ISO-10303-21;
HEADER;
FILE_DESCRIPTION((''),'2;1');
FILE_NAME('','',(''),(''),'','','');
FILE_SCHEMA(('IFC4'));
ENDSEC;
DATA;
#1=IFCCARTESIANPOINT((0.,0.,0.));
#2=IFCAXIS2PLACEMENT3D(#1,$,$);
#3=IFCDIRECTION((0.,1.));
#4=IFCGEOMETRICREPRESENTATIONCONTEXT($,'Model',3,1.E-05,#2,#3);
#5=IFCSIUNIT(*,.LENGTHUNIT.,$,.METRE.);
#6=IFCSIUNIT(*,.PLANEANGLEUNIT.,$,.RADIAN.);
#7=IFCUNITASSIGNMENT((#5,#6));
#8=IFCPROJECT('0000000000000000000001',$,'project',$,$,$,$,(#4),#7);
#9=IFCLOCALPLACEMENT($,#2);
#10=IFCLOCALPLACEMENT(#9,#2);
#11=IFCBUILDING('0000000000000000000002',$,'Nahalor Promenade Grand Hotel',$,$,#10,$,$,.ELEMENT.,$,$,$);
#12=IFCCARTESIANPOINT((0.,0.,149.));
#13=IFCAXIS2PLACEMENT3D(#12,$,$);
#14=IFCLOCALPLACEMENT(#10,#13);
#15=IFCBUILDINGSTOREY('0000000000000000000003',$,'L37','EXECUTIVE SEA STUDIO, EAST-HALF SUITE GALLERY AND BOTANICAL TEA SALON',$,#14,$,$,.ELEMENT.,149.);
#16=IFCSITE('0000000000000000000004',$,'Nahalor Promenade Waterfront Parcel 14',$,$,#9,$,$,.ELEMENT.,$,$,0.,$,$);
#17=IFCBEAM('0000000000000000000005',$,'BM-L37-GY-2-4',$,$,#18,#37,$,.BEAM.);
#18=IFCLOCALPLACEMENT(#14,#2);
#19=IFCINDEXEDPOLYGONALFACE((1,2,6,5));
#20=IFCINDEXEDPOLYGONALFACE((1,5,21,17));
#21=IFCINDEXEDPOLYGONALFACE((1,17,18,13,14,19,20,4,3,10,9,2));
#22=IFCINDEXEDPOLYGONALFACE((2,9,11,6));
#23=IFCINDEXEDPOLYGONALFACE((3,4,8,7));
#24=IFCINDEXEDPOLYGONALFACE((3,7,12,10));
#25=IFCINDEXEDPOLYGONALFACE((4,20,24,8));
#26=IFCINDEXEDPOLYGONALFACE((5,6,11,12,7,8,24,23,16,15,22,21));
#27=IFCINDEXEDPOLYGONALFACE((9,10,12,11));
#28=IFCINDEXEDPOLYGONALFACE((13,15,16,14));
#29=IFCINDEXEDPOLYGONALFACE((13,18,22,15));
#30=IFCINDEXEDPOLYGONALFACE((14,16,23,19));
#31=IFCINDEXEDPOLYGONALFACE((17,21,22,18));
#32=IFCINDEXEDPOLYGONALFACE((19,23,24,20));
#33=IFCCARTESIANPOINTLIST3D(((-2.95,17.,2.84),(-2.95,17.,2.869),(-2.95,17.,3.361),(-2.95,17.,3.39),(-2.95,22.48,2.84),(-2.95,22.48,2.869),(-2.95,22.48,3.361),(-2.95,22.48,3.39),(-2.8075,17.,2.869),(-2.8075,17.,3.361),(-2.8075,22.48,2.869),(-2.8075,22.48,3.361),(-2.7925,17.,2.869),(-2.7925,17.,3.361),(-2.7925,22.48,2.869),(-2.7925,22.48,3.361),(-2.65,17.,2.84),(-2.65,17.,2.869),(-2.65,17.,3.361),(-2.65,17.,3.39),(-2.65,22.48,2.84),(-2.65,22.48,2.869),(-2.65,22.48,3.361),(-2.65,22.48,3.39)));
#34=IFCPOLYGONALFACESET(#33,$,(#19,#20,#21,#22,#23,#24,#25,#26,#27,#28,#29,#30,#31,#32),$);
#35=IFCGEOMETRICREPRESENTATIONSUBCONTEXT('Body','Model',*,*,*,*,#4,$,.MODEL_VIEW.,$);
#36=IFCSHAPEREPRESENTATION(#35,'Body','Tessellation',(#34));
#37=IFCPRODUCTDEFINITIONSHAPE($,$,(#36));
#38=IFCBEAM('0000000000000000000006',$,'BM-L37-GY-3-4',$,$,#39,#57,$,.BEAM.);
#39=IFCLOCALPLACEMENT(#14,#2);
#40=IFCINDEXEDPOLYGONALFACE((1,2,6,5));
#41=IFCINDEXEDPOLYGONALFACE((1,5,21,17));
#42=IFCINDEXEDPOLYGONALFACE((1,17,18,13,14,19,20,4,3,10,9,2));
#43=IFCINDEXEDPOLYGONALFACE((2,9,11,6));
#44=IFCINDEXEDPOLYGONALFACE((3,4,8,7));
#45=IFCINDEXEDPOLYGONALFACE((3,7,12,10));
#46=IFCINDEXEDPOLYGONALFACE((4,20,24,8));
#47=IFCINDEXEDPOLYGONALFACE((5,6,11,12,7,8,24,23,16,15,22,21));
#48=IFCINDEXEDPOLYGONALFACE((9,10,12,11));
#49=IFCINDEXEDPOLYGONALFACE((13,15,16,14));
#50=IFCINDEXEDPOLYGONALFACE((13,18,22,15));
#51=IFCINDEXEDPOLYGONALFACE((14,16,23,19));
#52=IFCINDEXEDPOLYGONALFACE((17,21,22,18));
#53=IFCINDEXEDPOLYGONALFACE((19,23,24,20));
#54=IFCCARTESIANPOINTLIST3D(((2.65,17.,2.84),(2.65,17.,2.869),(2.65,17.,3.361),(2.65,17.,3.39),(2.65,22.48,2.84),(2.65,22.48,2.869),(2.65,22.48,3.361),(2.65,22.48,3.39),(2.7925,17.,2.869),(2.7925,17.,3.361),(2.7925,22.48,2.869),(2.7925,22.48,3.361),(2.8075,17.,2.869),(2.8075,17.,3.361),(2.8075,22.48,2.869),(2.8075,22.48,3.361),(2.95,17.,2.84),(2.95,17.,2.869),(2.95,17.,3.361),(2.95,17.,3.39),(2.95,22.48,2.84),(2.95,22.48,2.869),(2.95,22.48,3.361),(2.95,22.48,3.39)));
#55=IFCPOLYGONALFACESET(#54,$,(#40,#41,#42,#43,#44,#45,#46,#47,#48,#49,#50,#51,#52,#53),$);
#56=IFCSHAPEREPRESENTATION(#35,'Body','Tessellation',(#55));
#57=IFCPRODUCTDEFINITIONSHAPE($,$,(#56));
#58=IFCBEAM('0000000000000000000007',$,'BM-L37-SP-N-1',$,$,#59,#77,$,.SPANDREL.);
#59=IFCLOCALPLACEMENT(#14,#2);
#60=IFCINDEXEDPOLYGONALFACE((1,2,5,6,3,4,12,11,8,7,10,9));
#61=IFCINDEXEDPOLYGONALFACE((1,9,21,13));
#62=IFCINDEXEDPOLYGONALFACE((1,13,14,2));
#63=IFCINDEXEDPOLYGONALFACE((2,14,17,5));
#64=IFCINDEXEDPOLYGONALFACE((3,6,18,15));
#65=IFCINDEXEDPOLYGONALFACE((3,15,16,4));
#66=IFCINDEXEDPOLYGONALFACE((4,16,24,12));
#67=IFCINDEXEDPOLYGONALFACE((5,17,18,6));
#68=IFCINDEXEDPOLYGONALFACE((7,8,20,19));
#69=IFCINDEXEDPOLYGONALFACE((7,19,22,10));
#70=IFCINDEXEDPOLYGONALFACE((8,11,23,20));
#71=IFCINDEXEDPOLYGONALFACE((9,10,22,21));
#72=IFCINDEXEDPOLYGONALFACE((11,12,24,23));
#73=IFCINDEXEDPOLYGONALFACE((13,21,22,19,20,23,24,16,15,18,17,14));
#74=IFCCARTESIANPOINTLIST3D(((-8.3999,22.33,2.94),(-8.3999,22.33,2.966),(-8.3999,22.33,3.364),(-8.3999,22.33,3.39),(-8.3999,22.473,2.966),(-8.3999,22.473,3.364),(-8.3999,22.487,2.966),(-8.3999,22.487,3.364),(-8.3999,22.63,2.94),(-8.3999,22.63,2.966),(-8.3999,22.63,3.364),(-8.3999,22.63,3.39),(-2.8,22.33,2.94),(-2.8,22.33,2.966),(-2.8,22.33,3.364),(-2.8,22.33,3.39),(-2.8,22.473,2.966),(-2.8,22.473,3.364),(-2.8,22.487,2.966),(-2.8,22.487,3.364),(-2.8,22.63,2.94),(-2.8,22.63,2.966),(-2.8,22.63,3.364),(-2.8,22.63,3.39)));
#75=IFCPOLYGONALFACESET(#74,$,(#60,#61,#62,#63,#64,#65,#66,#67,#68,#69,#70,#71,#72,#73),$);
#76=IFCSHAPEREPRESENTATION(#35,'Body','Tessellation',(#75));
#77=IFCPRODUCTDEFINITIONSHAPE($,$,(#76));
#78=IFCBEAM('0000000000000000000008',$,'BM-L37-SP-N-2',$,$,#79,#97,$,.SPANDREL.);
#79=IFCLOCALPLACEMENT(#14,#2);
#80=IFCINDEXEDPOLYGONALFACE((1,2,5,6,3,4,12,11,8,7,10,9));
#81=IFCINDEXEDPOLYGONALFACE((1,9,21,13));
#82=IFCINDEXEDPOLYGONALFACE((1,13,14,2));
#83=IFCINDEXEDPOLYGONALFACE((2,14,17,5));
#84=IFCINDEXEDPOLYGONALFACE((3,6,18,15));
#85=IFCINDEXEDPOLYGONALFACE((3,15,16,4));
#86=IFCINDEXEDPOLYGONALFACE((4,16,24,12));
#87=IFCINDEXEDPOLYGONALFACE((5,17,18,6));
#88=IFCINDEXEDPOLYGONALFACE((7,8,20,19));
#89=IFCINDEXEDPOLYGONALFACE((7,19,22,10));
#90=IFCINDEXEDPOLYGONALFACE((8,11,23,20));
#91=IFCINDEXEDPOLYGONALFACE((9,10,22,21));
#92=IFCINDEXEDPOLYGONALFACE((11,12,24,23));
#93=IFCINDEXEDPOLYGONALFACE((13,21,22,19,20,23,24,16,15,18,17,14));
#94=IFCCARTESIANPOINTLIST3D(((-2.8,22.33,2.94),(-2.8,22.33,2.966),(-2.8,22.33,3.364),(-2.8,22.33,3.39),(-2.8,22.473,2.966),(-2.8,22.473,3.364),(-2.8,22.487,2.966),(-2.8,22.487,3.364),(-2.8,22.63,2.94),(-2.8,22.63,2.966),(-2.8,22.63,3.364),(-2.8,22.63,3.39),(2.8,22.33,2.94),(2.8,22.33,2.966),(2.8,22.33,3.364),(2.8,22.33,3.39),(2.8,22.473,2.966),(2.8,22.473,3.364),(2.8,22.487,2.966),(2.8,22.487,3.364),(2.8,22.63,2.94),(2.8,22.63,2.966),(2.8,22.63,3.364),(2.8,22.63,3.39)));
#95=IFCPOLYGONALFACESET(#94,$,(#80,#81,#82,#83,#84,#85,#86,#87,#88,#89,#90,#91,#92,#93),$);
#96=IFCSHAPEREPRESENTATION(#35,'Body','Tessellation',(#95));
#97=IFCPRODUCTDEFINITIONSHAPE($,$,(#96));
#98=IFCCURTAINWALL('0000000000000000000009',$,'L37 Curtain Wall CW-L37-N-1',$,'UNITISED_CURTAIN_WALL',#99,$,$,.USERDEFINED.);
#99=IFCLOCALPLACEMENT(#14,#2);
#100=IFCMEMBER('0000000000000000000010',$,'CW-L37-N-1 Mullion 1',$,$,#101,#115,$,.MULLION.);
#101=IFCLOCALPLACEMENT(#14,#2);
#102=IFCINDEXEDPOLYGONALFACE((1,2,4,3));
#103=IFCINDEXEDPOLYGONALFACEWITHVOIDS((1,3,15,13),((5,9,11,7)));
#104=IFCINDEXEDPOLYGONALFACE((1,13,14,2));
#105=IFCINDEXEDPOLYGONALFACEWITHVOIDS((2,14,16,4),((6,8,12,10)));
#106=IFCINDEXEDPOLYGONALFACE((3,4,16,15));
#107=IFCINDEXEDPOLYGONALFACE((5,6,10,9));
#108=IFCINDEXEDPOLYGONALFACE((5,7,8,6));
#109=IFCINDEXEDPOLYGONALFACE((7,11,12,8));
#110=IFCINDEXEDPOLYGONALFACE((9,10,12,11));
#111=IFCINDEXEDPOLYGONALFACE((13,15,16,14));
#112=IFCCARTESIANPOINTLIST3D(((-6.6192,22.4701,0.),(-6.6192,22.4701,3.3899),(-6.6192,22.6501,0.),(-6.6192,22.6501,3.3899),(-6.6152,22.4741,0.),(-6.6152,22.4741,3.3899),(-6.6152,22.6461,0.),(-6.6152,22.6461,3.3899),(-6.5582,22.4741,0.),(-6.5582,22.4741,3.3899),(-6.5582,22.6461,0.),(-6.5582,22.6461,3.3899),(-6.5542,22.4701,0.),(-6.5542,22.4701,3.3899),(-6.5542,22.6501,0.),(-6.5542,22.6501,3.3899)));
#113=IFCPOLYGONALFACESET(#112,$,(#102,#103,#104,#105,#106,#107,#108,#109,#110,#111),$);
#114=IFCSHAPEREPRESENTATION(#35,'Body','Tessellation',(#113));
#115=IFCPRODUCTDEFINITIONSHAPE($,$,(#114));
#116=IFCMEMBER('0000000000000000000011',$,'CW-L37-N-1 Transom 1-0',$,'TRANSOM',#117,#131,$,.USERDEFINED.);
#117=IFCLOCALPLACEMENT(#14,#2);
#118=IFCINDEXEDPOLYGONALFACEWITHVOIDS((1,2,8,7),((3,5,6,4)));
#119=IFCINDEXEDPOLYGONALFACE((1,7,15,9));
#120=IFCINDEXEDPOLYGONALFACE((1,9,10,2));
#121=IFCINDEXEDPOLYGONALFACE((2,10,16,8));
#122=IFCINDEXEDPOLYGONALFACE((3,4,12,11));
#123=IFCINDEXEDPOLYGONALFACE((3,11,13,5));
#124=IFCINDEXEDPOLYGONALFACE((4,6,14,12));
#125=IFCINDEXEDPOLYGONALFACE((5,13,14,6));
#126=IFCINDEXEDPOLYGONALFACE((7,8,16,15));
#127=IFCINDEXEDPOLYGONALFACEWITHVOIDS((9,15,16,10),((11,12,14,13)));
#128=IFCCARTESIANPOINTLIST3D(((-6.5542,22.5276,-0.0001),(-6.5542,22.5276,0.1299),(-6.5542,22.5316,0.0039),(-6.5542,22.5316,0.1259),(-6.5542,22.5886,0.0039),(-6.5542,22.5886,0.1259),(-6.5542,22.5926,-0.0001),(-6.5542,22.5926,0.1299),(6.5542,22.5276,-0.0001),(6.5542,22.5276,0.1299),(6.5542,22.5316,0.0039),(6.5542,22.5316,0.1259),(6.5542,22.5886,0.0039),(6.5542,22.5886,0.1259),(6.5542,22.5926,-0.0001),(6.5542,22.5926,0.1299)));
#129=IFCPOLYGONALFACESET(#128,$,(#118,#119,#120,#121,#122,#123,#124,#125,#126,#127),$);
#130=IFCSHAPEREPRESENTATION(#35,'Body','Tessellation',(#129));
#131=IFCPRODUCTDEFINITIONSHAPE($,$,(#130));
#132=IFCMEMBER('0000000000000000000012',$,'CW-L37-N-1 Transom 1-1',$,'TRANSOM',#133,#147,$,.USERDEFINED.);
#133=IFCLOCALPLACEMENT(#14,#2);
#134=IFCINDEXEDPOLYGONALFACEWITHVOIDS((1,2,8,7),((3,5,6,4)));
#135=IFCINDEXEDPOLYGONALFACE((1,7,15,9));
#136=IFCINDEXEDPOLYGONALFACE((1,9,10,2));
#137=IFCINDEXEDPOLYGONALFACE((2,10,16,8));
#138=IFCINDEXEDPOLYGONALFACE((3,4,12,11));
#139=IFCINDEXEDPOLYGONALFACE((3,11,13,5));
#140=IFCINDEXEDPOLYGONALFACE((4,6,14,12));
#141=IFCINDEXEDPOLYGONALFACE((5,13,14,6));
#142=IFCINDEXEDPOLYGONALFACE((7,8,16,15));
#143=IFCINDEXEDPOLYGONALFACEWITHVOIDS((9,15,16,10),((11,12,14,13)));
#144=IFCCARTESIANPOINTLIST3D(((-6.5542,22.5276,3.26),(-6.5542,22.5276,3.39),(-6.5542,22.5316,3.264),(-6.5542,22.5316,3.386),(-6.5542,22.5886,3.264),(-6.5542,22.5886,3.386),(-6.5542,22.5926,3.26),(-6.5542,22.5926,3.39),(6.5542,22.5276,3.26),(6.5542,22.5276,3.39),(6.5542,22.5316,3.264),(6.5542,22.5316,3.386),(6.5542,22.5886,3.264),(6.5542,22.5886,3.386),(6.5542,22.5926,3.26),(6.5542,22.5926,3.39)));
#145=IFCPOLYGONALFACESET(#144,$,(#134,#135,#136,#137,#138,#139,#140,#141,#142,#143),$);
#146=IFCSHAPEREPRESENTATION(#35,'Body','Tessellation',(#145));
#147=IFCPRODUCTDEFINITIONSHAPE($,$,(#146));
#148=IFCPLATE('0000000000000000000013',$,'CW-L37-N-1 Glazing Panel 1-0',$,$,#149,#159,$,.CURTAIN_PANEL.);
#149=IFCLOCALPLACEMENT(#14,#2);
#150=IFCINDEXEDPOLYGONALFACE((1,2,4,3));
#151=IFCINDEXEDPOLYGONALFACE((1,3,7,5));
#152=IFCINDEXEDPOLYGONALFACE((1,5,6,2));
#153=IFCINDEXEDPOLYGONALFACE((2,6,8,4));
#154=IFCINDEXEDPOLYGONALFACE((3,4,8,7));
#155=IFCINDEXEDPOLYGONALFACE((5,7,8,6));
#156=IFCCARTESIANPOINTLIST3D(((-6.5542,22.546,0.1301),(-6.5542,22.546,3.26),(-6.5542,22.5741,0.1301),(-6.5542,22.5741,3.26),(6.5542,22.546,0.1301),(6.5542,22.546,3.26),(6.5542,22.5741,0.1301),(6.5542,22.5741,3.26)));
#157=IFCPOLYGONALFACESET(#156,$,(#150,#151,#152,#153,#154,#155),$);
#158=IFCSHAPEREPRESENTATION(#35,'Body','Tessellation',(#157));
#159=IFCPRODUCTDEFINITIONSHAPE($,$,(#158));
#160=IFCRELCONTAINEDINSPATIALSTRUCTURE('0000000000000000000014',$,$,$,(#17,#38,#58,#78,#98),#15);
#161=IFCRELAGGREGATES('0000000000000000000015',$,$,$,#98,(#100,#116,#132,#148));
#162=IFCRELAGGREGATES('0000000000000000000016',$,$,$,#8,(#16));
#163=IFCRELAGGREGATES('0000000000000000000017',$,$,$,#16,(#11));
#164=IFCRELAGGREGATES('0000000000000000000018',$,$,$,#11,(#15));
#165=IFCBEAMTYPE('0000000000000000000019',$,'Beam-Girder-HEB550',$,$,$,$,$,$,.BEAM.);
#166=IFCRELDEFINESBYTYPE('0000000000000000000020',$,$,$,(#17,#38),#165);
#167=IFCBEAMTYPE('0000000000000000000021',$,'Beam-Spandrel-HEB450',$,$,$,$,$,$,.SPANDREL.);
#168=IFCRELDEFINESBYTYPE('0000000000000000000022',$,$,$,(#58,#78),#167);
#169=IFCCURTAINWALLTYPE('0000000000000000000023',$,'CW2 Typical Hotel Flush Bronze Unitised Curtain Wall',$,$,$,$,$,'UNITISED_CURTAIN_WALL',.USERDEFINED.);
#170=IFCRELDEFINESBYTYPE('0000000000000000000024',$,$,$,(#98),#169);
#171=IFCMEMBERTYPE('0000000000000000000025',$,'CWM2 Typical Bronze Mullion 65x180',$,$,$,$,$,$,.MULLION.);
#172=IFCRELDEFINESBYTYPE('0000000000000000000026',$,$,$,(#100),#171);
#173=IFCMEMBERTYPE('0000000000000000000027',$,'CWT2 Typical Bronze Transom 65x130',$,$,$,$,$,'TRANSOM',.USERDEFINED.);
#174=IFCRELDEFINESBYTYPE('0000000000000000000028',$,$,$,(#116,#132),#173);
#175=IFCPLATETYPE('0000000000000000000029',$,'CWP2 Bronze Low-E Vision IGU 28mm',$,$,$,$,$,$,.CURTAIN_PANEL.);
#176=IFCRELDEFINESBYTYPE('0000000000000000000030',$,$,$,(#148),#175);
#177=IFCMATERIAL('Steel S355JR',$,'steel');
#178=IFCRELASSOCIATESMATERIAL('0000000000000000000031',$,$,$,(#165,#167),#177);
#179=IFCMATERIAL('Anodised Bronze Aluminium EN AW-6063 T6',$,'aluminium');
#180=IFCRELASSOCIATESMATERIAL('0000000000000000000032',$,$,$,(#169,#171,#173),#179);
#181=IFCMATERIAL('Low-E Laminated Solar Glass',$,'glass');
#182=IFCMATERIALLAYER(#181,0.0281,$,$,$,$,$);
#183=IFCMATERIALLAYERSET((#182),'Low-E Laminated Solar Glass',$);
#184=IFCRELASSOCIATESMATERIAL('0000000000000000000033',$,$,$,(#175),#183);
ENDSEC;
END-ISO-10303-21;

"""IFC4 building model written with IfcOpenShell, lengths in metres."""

from ifc_helpers import new_model, si_unit, direction, frame, origin, origin_2d, place, context, subcontext, project, spatial, rectangle, hollow_rectangle, i_section, extrude, source, transform, mapped, material, layer, layer_set, material_profile, profile_set, type_object, element, aggregate, save


model = new_model("IFC4")

# Units and contexts
model_context = context("Model", 3, precision=1e-05, world=origin(), true_north=direction((0.0, 1.0)))
body_context = subcontext(model_context, "Body", "Model", "MODEL_VIEW")
ifc_project = project(units=[si_unit("LENGTHUNIT", "METRE"), si_unit("PLANEANGLEUNIT", "RADIAN")], contexts=[model_context])

# Site, building, storey
site_placement = place(None, origin())
site = spatial("IfcSite", under=ifc_project, at=site_placement, Name="Nahalor Promenade Waterfront Parcel 14", CompositionType="ELEMENT", RefElevation=0.0)
building_placement = place(site_placement, origin())
building = spatial("IfcBuilding", under=site, at=building_placement, Name="Nahalor Promenade Grand Hotel", CompositionType="ELEMENT")
storey_placement = place(building_placement, frame((0.0, 0.0, 149.0)))
storey = spatial("IfcBuildingStorey", under=building, at=storey_placement, Name="L37", Description="EXECUTIVE SEA STUDIO, EAST-HALF SUITE GALLERY AND BOTANICAL TEA SALON", CompositionType="ELEMENT", Elevation=149.0)

# Beams
ifc_material_1 = material(Name="Steel S355JR", Category="steel")
ifc_material_profile_1 = material_profile(ifc_material_1, i_section(OverallWidth=0.3, OverallDepth=0.55, WebThickness=0.015, FlangeThickness=0.029, at=origin_2d()), Name="HEB 550")
ifc_profile_set_1 = profile_set([ifc_material_profile_1], Name="Steel S355JR")
beam_type_1 = type_object("IfcBeamType", Name="Beam-Girder-HEB550", PredefinedType="BEAM", material=ifc_profile_set_1)
shared_shape_1 = source(origin(), body_context, "Body", "SweptSolid", [
    extrude(i_section(OverallWidth=0.3, OverallDepth=0.55, WebThickness=0.015, FlangeThickness=0.029, at=origin_2d()), origin(), (0.0, 0.0, 1.0), 5.48),
])
for number, where, z_axis, x_axis, name in (
    (1, (-2.8, 17.0, 3.115), (0.0, 1.0, 0.0), (-1.0, 0.0, 0.0), "BM-L37-GY-2-4"),
    (2, (2.8, 17.0, 3.115), (0.0, 1.0, 0.0), (-1.0, 0.0, 0.0), "BM-L37-GY-3-4"),
):
    element("IfcBeam", number, at=place(storey_placement, frame(where, z_axis=z_axis, x_axis=x_axis)), inside=storey, type_object=beam_type_1, Name=name, PredefinedType="BEAM", context=body_context, shape_type="MappedRepresentation", body=[
        mapped(shared_shape_1, transform((0.0, 0.0, 0.0), scale=1.0)),
    ])
ifc_material_profile_2 = material_profile(ifc_material_1, i_section(OverallWidth=0.3, OverallDepth=0.45, WebThickness=0.014, FlangeThickness=0.026, at=origin_2d()), Name="HEB 450")
ifc_profile_set_2 = profile_set([ifc_material_profile_2], Name="Steel S355JR")
beam_type_2 = type_object("IfcBeamType", Name="Beam-Spandrel-HEB450", PredefinedType="SPANDREL", material=ifc_profile_set_2)
shared_shape_2 = source(origin(), body_context, "Body", "SweptSolid", [
    extrude(i_section(OverallWidth=0.3, OverallDepth=0.45, WebThickness=0.014, FlangeThickness=0.026, at=origin_2d()), origin(), (0.0, 0.0, 1.0), 5.5999),
])
beam_1_placement = place(storey_placement, frame((-8.3999, 22.48, 3.165), z_axis=(1.0, 0.0, 0.0), x_axis=(0.0, 1.0, 0.0)))
element("IfcBeam", 3, at=beam_1_placement, inside=storey, type_object=beam_type_2, Name="BM-L37-SP-N-1", PredefinedType="SPANDREL", context=body_context, shape_type="MappedRepresentation", body=[
    mapped(shared_shape_2, transform((0.0, 0.0, 0.0), scale=1.0)),
])
shared_shape_3 = source(origin(), body_context, "Body", "SweptSolid", [
    extrude(i_section(OverallWidth=0.3, OverallDepth=0.45, WebThickness=0.014, FlangeThickness=0.026, at=origin_2d()), origin(), (0.0, 0.0, 1.0), 5.6001),
])
beam_2_placement = place(storey_placement, frame((-2.8, 22.48, 3.165), z_axis=(1.0, 0.0, 0.0), x_axis=(0.0, 1.0, 0.0)))
element("IfcBeam", 4, at=beam_2_placement, inside=storey, type_object=beam_type_2, Name="BM-L37-SP-N-2", PredefinedType="SPANDREL", context=body_context, shape_type="MappedRepresentation", body=[
    mapped(shared_shape_3, transform((0.0, 0.0, 0.0), scale=1.0)),
])

# Curtain wall, members, plate
ifc_material_2 = material(Name="Anodised Bronze Aluminium EN AW-6063 T6", Category="aluminium")
curtain_wall_type = type_object("IfcCurtainWallType", Name="CW2 Typical Hotel Flush Bronze Unitised Curtain Wall", ElementType="UNITISED_CURTAIN_WALL", PredefinedType="USERDEFINED", material=ifc_material_2)
curtain_wall_placement = place(storey_placement, origin())
curtain_wall = element("IfcCurtainWall", 5, at=curtain_wall_placement, inside=storey, type_object=curtain_wall_type, Name="L37 Curtain Wall CW-L37-N-1", ObjectType="UNITISED_CURTAIN_WALL", PredefinedType="USERDEFINED")
ifc_material_profile_3 = material_profile(ifc_material_2, hollow_rectangle(XDim=0.065, YDim=0.18, WallThickness=0.004, at=origin_2d()), Name="CWM 65x180x4")
ifc_profile_set_3 = profile_set([ifc_material_profile_3], Name="Anodised Bronze Aluminium EN AW-6063 T6")
member_type_1 = type_object("IfcMemberType", Name="CWM2 Typical Bronze Mullion 65x180", PredefinedType="MULLION", material=ifc_profile_set_3)
shared_shape_4 = source(origin(), body_context, "Body", "SweptSolid", [
    extrude(hollow_rectangle(XDim=0.065, YDim=0.18, WallThickness=0.004, at=origin_2d()), origin(), (0.0, 0.0, 1.0), 3.3899),
])
member_1_placement = place(storey_placement, frame((-6.5867, 22.5601, 0.0), z_axis=(0.0, 0.0, 1.0), x_axis=(1.0, 0.0, 0.0)))
member_1 = element("IfcMember", 6, at=member_1_placement, type_object=member_type_1, Name="CW-L37-N-1 Mullion 1", PredefinedType="MULLION", context=body_context, shape_type="MappedRepresentation", body=[
    mapped(shared_shape_4, transform((0.0, 0.0, 0.0), scale=1.0)),
])
ifc_material_profile_4 = material_profile(ifc_material_2, hollow_rectangle(XDim=0.065, YDim=0.13, WallThickness=0.004, at=origin_2d()), Name="CWT 65x130x4")
ifc_profile_set_4 = profile_set([ifc_material_profile_4], Name="Anodised Bronze Aluminium EN AW-6063 T6")
member_type_2 = type_object("IfcMemberType", Name="CWT2 Typical Bronze Transom 65x130", ElementType="TRANSOM", PredefinedType="USERDEFINED", material=ifc_profile_set_4)
shared_shape_5 = source(origin(), body_context, "Body", "SweptSolid", [
    extrude(hollow_rectangle(XDim=0.065, YDim=0.13, WallThickness=0.004, at=origin_2d()), origin(), (0.0, 0.0, 1.0), 13.1084),
])
member_2_placement = place(storey_placement, frame((-6.5542, 22.5601, 0.0649), z_axis=(1.0, 0.0, 0.0), x_axis=(0.0, 1.0, 0.0)))
member_2 = element("IfcMember", 7, at=member_2_placement, type_object=member_type_2, Name="CW-L37-N-1 Transom 1-0", ObjectType="TRANSOM", PredefinedType="USERDEFINED", context=body_context, shape_type="MappedRepresentation", body=[
    mapped(shared_shape_5, transform((0.0, 0.0, 0.0), scale=1.0)),
])
member_3_placement = place(storey_placement, frame((-6.5542, 22.5601, 3.325), z_axis=(1.0, 0.0, 0.0), x_axis=(0.0, 1.0, 0.0)))
member_3 = element("IfcMember", 8, at=member_3_placement, type_object=member_type_2, Name="CW-L37-N-1 Transom 1-1", ObjectType="TRANSOM", PredefinedType="USERDEFINED", context=body_context, shape_type="MappedRepresentation", body=[
    mapped(shared_shape_5, transform((0.0, 0.0, 0.0), scale=1.0)),
])
ifc_material_3 = material(Name="Low-E Laminated Solar Glass", Category="glass")
ifc_layer_1 = layer(ifc_material_3, 0.0281)
ifc_layer_set_1 = layer_set([ifc_layer_1], Name="Low-E Laminated Solar Glass")
plate_type = type_object("IfcPlateType", Name="CWP2 Bronze Low-E Vision IGU 28mm", PredefinedType="CURTAIN_PANEL", material=ifc_layer_set_1)
shared_shape_6 = source(origin(), body_context, "Body", "SweptSolid", [
    extrude(rectangle(XDim=13.1084, YDim=0.0281, at=origin_2d()), origin(), (0.0, 0.0, 1.0), 3.1299),
])
plate_placement = place(storey_placement, frame((0.0, 22.5601, 0.1301), z_axis=(0.0, 0.0, 1.0), x_axis=(1.0, 0.0, 0.0)))
plate = element("IfcPlate", 9, at=plate_placement, type_object=plate_type, Name="CW-L37-N-1 Glazing Panel 1-0", PredefinedType="CURTAIN_PANEL", context=body_context, shape_type="MappedRepresentation", body=[
    mapped(shared_shape_6, transform((0.0, 0.0, 0.0), scale=1.0)),
])
aggregate(curtain_wall, [member_1, member_2, member_3, plate])

save(model, "model.ifc")
